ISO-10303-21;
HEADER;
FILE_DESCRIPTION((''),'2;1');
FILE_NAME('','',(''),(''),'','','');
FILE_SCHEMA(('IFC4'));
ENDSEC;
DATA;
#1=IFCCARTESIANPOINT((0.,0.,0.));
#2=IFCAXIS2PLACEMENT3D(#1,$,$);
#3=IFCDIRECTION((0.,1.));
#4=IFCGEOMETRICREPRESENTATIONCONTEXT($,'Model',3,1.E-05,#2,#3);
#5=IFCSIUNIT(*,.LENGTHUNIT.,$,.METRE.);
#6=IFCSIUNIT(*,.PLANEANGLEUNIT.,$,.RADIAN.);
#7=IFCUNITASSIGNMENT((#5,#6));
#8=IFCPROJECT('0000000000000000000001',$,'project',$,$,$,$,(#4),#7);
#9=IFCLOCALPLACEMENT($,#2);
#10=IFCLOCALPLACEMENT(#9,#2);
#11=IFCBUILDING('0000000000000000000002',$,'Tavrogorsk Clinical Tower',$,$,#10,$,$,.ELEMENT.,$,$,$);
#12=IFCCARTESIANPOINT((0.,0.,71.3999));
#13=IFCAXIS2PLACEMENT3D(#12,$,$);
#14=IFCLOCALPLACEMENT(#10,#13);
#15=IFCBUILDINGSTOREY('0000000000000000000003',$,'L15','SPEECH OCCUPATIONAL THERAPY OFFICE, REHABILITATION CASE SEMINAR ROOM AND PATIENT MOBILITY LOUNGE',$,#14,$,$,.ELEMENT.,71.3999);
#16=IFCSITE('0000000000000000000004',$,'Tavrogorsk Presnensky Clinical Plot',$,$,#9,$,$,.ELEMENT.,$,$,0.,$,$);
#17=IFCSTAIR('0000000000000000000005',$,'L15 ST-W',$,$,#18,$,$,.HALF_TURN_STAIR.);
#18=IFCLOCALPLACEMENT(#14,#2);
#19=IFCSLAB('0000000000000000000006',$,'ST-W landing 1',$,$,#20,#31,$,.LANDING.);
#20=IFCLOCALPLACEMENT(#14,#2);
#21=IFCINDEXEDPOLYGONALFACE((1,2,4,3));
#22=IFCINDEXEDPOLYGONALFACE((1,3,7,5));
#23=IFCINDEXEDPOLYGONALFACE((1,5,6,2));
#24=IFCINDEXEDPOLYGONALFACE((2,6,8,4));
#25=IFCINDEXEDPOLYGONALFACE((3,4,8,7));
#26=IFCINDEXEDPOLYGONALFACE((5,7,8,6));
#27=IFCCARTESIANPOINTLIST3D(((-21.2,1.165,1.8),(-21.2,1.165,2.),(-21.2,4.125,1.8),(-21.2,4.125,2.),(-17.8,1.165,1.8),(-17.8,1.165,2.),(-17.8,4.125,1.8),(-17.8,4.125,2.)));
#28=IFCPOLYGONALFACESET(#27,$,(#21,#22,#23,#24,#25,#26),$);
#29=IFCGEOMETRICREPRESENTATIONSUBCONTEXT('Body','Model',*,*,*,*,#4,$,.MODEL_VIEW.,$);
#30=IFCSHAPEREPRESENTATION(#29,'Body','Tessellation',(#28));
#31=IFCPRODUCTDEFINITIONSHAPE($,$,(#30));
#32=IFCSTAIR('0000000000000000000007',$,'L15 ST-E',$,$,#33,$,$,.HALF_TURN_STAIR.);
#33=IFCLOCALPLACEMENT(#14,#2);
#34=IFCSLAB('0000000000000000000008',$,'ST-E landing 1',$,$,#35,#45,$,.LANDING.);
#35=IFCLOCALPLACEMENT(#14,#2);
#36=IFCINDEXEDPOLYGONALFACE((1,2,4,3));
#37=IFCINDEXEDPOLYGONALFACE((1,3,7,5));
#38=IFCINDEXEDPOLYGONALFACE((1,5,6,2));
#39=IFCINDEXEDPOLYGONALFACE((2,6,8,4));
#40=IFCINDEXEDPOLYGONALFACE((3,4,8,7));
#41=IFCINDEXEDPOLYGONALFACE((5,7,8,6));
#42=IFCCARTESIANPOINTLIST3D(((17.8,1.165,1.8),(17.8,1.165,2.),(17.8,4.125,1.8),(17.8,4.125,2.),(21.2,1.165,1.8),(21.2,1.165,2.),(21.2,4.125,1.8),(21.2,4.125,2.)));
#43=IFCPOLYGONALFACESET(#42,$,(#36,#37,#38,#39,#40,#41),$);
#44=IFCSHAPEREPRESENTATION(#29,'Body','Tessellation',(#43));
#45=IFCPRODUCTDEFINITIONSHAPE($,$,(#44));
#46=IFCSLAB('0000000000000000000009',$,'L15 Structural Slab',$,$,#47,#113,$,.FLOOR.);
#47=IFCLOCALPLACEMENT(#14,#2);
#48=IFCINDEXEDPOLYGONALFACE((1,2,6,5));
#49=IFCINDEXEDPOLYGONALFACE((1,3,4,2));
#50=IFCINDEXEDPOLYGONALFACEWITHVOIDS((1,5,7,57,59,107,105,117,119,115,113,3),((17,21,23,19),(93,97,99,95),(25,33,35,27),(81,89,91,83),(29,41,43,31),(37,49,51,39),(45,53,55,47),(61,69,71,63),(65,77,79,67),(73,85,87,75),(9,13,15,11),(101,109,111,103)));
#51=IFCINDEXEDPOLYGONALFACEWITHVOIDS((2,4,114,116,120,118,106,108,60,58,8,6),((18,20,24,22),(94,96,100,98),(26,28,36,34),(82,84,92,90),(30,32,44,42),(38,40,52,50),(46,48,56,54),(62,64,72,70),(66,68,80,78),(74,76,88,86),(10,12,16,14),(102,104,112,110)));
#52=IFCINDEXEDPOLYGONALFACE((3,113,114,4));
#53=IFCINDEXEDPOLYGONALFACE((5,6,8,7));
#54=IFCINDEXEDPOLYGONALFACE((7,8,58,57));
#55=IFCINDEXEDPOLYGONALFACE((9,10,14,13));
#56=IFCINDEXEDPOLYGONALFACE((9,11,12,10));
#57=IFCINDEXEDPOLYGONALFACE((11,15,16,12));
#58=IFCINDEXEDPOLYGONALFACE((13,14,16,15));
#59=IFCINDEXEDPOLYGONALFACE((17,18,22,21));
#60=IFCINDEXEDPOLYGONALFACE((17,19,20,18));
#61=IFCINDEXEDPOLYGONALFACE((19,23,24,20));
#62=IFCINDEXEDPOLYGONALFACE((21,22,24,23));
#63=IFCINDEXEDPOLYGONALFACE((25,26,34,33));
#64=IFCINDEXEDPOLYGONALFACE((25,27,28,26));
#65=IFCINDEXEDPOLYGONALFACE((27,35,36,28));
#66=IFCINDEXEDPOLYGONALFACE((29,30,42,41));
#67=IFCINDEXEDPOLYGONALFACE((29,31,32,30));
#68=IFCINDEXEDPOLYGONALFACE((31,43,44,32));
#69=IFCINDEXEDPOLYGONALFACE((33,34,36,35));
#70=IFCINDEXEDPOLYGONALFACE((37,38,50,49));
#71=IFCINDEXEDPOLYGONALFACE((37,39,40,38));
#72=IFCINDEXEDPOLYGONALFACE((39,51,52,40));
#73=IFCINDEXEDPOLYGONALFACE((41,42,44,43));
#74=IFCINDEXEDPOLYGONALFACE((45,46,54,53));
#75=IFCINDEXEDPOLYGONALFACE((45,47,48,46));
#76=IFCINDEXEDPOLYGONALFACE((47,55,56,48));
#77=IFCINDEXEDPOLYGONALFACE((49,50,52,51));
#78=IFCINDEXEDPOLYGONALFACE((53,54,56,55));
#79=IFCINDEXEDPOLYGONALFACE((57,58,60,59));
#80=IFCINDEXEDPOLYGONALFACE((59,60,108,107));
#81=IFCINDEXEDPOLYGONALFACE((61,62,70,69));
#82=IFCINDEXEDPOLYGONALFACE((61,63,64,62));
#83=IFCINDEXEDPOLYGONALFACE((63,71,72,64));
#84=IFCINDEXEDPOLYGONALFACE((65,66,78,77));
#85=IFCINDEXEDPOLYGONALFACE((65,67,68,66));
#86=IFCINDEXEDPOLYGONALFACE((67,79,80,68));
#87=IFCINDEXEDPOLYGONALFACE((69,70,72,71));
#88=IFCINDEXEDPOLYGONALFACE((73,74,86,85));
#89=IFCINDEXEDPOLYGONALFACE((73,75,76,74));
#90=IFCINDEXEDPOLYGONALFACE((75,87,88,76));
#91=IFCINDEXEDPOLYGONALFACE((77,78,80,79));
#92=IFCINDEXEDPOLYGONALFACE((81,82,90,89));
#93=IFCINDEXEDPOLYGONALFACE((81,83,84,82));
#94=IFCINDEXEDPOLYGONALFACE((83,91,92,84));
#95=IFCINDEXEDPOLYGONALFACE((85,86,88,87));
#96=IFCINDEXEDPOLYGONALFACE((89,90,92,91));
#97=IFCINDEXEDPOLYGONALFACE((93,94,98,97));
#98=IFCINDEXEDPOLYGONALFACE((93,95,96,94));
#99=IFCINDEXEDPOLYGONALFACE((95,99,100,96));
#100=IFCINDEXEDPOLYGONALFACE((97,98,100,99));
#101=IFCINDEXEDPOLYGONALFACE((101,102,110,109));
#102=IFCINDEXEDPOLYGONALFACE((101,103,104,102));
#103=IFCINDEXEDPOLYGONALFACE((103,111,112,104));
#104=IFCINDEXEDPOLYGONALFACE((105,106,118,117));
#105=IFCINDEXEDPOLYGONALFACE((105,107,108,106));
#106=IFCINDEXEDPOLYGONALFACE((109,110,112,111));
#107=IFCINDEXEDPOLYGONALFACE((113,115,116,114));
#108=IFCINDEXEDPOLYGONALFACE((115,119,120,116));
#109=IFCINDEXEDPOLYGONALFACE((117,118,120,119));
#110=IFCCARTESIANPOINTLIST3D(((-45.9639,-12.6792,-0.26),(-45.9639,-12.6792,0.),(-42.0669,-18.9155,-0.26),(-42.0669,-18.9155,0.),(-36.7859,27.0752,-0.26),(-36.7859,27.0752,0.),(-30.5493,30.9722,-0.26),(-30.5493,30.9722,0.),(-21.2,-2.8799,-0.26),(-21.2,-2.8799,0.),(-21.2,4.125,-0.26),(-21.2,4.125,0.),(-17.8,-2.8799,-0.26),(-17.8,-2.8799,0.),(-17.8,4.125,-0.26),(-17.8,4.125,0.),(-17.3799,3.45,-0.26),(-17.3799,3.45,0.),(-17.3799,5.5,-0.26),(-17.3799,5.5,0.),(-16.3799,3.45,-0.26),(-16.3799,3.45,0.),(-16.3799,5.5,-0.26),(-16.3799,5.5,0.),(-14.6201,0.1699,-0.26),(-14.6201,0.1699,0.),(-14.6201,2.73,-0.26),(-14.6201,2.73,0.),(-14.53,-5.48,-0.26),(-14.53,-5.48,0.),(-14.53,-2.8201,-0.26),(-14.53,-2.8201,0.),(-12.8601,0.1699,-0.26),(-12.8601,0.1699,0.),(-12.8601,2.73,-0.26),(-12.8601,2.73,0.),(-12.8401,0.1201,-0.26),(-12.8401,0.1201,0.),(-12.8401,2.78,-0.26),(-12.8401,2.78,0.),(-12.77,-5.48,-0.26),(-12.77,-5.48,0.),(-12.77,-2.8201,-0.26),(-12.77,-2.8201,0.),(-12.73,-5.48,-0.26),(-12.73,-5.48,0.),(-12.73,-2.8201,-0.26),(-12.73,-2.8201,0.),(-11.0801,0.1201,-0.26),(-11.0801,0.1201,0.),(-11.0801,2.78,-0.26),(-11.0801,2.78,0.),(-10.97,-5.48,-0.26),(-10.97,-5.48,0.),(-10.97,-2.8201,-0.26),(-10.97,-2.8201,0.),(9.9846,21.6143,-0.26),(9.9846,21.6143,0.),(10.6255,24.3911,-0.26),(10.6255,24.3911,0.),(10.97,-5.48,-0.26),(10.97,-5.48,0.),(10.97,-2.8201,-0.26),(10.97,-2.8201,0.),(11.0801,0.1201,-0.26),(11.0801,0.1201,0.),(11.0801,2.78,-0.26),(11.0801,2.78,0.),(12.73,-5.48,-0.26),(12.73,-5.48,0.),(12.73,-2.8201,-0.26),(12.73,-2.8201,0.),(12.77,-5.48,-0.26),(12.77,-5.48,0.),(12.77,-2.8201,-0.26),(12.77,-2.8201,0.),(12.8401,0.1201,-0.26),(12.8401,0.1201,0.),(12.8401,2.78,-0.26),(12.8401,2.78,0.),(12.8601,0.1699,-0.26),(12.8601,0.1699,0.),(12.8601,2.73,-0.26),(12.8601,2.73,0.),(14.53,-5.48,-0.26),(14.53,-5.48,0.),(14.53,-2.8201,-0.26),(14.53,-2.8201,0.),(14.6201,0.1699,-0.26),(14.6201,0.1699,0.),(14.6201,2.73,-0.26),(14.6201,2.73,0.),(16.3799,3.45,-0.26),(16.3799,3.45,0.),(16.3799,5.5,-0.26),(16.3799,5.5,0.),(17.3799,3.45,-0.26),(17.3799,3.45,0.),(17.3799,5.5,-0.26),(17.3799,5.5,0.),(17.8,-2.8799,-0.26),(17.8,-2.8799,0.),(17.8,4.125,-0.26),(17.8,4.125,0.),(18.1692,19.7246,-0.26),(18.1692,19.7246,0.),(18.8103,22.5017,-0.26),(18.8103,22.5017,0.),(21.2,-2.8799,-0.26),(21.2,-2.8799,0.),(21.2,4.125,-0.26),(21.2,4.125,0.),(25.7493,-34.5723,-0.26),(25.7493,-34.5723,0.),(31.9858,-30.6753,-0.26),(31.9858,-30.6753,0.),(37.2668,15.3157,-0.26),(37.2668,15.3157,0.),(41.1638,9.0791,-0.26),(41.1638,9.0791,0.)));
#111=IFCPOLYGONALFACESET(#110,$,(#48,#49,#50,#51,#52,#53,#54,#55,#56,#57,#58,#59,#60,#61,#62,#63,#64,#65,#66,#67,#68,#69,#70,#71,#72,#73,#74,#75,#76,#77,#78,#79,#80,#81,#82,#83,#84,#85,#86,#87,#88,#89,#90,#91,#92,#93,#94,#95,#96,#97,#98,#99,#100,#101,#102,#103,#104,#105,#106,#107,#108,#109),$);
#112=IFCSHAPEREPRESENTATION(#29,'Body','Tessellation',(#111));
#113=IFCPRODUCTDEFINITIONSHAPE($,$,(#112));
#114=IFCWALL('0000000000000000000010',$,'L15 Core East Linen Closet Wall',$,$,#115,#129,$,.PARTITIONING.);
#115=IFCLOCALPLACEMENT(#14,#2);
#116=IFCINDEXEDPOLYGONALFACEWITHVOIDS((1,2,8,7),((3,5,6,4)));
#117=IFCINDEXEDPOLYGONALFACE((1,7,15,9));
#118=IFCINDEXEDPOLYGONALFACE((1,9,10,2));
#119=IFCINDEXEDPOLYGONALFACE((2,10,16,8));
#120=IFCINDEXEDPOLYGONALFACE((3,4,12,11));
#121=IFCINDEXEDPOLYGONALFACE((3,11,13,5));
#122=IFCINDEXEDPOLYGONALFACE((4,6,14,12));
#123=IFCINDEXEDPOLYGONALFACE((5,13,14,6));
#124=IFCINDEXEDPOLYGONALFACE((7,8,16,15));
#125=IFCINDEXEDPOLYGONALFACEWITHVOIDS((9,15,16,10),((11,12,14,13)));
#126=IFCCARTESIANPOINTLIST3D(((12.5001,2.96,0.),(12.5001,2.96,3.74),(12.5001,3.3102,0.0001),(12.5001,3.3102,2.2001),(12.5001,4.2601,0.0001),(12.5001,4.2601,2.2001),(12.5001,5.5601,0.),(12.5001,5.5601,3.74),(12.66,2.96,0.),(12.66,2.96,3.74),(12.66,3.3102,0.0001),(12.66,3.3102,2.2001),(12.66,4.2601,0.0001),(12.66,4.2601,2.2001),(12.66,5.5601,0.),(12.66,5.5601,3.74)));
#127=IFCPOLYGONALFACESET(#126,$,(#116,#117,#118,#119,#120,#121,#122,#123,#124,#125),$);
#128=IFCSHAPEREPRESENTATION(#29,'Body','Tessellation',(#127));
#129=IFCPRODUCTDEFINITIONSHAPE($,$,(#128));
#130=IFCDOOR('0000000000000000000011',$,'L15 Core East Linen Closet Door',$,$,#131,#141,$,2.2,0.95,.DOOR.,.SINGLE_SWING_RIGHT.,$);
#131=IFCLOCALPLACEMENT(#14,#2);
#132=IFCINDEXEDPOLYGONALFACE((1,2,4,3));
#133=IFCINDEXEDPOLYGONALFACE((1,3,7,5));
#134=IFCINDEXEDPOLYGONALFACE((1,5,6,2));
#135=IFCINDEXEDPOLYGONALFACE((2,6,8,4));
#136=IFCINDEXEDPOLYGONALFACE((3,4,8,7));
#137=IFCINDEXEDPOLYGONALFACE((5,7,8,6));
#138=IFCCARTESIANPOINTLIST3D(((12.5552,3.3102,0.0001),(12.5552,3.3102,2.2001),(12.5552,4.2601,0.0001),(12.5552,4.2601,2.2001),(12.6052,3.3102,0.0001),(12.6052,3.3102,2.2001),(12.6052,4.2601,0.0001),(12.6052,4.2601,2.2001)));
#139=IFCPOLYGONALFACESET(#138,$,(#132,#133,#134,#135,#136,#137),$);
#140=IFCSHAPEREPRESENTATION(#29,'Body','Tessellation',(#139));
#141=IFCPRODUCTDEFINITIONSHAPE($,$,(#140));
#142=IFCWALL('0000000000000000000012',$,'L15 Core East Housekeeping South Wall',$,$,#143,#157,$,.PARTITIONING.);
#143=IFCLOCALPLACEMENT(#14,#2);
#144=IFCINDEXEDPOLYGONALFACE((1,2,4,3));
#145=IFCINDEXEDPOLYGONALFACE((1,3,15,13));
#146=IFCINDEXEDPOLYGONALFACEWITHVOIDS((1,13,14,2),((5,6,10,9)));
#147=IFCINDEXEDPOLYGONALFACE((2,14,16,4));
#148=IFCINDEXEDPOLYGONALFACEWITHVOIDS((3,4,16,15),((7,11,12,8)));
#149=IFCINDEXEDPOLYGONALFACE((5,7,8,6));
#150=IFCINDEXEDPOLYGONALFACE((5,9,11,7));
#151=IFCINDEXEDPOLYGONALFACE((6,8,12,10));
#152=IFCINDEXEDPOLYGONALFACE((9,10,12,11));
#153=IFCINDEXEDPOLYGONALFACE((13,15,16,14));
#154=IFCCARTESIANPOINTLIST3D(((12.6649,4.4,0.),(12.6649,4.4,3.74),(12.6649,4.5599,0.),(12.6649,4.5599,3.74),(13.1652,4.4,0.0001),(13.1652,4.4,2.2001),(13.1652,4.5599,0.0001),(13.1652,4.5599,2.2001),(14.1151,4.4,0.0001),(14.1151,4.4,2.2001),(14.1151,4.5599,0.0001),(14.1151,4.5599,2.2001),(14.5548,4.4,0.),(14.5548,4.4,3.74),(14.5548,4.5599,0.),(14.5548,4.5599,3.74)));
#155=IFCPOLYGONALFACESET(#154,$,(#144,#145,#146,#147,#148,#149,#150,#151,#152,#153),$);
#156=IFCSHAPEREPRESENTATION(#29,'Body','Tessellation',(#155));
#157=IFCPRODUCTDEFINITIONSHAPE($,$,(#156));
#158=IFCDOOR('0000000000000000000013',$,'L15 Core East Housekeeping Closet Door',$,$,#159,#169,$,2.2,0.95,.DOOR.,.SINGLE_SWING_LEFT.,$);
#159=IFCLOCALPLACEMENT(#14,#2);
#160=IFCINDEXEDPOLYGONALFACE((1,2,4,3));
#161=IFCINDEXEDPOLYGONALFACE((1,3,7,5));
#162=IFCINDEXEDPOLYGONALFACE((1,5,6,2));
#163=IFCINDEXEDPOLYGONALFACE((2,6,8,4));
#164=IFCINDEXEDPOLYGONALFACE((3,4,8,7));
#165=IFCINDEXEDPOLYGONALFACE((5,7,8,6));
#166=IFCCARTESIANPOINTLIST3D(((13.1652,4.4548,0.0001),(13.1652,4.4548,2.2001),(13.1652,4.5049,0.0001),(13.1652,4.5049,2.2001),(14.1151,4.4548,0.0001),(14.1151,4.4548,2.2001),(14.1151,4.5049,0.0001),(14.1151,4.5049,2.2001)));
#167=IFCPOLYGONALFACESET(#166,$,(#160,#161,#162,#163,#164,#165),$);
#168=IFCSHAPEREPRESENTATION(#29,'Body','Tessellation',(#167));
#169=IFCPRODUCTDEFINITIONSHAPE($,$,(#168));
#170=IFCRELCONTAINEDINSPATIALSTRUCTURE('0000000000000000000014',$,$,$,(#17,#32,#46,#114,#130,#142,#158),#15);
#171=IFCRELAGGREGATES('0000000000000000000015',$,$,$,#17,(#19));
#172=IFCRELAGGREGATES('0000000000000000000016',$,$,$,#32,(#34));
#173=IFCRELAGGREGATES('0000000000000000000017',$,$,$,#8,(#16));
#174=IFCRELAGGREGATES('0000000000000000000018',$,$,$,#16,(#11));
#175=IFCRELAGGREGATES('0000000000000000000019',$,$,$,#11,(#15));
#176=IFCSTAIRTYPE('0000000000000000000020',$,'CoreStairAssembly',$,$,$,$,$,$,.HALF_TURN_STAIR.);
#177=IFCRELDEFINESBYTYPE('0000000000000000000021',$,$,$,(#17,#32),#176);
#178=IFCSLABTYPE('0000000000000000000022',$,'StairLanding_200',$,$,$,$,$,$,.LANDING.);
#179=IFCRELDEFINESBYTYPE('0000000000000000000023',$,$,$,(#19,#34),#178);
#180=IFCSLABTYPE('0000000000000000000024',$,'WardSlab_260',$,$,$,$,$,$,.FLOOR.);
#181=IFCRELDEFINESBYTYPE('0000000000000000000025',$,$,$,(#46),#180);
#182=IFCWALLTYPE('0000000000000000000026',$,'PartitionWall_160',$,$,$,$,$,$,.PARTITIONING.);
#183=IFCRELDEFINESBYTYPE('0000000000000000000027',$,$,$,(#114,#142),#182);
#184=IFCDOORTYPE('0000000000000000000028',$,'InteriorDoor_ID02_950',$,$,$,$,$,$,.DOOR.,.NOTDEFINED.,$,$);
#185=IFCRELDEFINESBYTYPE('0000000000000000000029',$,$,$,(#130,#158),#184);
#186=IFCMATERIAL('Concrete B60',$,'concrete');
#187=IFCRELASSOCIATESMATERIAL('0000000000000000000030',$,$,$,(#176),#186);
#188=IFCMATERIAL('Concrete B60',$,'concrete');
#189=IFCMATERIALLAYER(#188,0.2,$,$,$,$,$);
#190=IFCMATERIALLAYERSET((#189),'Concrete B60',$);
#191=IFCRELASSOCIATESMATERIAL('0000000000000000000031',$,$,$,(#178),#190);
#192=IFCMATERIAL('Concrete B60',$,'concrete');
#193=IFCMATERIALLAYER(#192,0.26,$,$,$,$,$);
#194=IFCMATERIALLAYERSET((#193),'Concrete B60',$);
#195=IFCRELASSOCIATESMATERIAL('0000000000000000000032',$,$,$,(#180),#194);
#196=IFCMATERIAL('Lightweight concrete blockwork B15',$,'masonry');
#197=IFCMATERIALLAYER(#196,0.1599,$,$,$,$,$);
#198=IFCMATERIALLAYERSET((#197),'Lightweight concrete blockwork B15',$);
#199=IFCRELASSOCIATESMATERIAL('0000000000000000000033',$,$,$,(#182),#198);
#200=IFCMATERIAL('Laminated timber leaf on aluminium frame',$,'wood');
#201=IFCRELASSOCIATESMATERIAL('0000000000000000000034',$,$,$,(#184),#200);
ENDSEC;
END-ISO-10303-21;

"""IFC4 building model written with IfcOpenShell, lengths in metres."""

from ifc_helpers import new_model, si_unit, direction, frame, frame_2d, origin, place, context, subcontext, project, spatial, polyline, rectangle, outline, extrude, material, layer, layer_set, type_object, element, fill, aggregate, save


model = new_model("IFC4")

# Units and contexts
model_context = context("Model", 3, precision=1e-05, world=origin(), true_north=direction((0.0, 1.0)))
body_context = subcontext(model_context, "Body", "Model", "MODEL_VIEW")
ifc_project = project(units=[si_unit("LENGTHUNIT", "METRE"), si_unit("PLANEANGLEUNIT", "RADIAN")], contexts=[model_context])

# Site, building, storey
site_placement = place(None, origin())
site = spatial("IfcSite", under=ifc_project, at=site_placement, Name="Tavrogorsk Presnensky Clinical Plot", CompositionType="ELEMENT", RefElevation=0.0)
building_placement = place(site_placement, origin())
building = spatial("IfcBuilding", under=site, at=building_placement, Name="Tavrogorsk Clinical Tower", CompositionType="ELEMENT")
storey_placement = place(building_placement, frame((0.0, 0.0, 71.3999)))
storey = spatial("IfcBuildingStorey", under=building, at=storey_placement, Name="L15", Description="SPEECH OCCUPATIONAL THERAPY OFFICE, REHABILITATION CASE SEMINAR ROOM AND PATIENT MOBILITY LOUNGE", CompositionType="ELEMENT", Elevation=71.3999)

# Stairs, slabs
ifc_material_1 = material(Name="Concrete B60", Category="concrete")
stair_type = type_object("IfcStairType", Name="CoreStairAssembly", PredefinedType="HALF_TURN_STAIR", material=ifc_material_1)
stair_1_placement = place(storey_placement, origin())
stair_1 = element("IfcStair", 1, at=stair_1_placement, inside=storey, type_object=stair_type, Name="L15 ST-W", PredefinedType="HALF_TURN_STAIR")
ifc_material_2 = material(Name="Concrete B60", Category="concrete")
ifc_layer_1 = layer(ifc_material_2, 0.2)
ifc_layer_set_1 = layer_set([ifc_layer_1], Name="Concrete B60")
slab_type_1 = type_object("IfcSlabType", Name="StairLanding_200", PredefinedType="LANDING", material=ifc_layer_set_1)
slab_1_placement = place(storey_placement, frame((0.0, 0.0, 1.8)))
slab_1 = element("IfcSlab", 2, at=slab_1_placement, type_object=slab_type_1, Name="ST-W landing 1", PredefinedType="LANDING", context=body_context, shape_type="SweptSolid", body=[
    extrude(outline(polyline([(-17.8, 1.165), (-17.8, 4.125), (-21.2, 4.125), (-21.2, 1.165), (-17.8, 1.165)])), origin(), (0.0, 0.0, 1.0), 0.2),
])
aggregate(stair_1, [slab_1])
stair_2_placement = place(storey_placement, origin())
stair_2 = element("IfcStair", 3, at=stair_2_placement, inside=storey, type_object=stair_type, Name="L15 ST-E", PredefinedType="HALF_TURN_STAIR")
slab_2_placement = place(storey_placement, frame((0.0, 0.0, 1.8)))
slab_2 = element("IfcSlab", 4, at=slab_2_placement, type_object=slab_type_1, Name="ST-E landing 1", PredefinedType="LANDING", context=body_context, shape_type="SweptSolid", body=[
    extrude(outline(polyline([(21.2, 1.165), (21.2, 4.125), (17.8, 4.125), (17.8, 1.165), (21.2, 1.165)])), origin(), (0.0, 0.0, 1.0), 0.2),
])
aggregate(stair_2, [slab_2])

# Slab
ifc_material_3 = material(Name="Concrete B60", Category="concrete")
ifc_layer_2 = layer(ifc_material_3, 0.26)
ifc_layer_set_2 = layer_set([ifc_layer_2], Name="Concrete B60")
slab_type_2 = type_object("IfcSlabType", Name="WardSlab_260", PredefinedType="FLOOR", material=ifc_layer_set_2)
slab_3_placement = place(storey_placement, frame((0.0, 0.0, -0.26)))
element("IfcSlab", 5, at=slab_3_placement, inside=storey, type_object=slab_type_2, Name="L15 Structural Slab", PredefinedType="FLOOR", context=body_context, shape_type="SweptSolid", body=[
    extrude(outline(polyline([(37.2668, 15.3157), (41.1638, 9.0791), (31.9858, -30.6753), (25.7493, -34.5723), (-42.0669, -18.9155), (-45.9639, -12.6792), (-36.7859, 27.0752), (-30.5493, 30.9722), (9.9846, 21.6143), (10.6255, 24.3911), (18.8103, 22.5017), (18.1692, 19.7246), (37.2668, 15.3157)]), holes=[polyline([(-17.8, -2.8799), (-17.8, 4.125), (-21.2, 4.125), (-21.2, -2.8799), (-17.8, -2.8799)]), polyline([(21.2, -2.8799), (21.2, 4.125), (17.8, 4.125), (17.8, -2.8799), (21.2, -2.8799)]), polyline([(-14.6201, 0.1699), (-12.8601, 0.1699), (-12.8601, 2.73), (-14.6201, 2.73), (-14.6201, 0.1699)]), polyline([(-14.53, -5.48), (-12.77, -5.48), (-12.77, -2.8201), (-14.53, -2.8201), (-14.53, -5.48)]), polyline([(-12.73, -5.48), (-10.97, -5.48), (-10.97, -2.8201), (-12.73, -2.8201), (-12.73, -5.48)]), polyline([(-12.8401, 0.1201), (-11.0801, 0.1201), (-11.0801, 2.78), (-12.8401, 2.78), (-12.8401, 0.1201)]), polyline([(12.8601, 0.1699), (14.6201, 0.1699), (14.6201, 2.73), (12.8601, 2.73), (12.8601, 0.1699)]), polyline([(12.77, -5.48), (14.53, -5.48), (14.53, -2.8201), (12.77, -2.8201), (12.77, -5.48)]), polyline([(10.97, -5.48), (12.73, -5.48), (12.73, -2.8201), (10.97, -2.8201), (10.97, -5.48)]), polyline([(11.0801, 0.1201), (12.8401, 0.1201), (12.8401, 2.78), (11.0801, 2.78), (11.0801, 0.1201)]), polyline([(-17.3799, 3.45), (-16.3799, 3.45), (-16.3799, 5.5), (-17.3799, 5.5), (-17.3799, 3.45)]), polyline([(16.3799, 3.45), (17.3799, 3.45), (17.3799, 5.5), (16.3799, 5.5), (16.3799, 3.45)])]), origin(), (0.0, 0.0, 1.0), 0.26),
])

# Walls, openings, doors
ifc_material_4 = material(Name="Lightweight concrete blockwork B15", Category="masonry")
ifc_layer_3 = layer(ifc_material_4, 0.1599)
ifc_layer_set_3 = layer_set([ifc_layer_3], Name="Lightweight concrete blockwork B15")
wall_type_1 = type_object("IfcWallType", Name="PartitionWall_160", PredefinedType="PARTITIONING", material=ifc_layer_set_3)
wall_1_placement = place(storey_placement, frame((12.5801, 2.96, 0.0), z_axis=(0.0, 0.0, 1.0), x_axis=(0.0, 1.0, 0.0)))
wall_1 = element("IfcWall", 6, at=wall_1_placement, inside=storey, type_object=wall_type_1, Name="L15 Core East Linen Closet Wall", PredefinedType="PARTITIONING", context=body_context, shape_type="SweptSolid", body=[
    extrude(rectangle(XDim=2.6001, YDim=0.1599, at=frame_2d((1.3, 0.0))), origin(), (0.0, 0.0, 1.0), 3.74),
])
opening_1_placement = place(wall_1_placement, frame((0.3501, 0.0, 0.0)))
opening_1 = element("IfcOpeningElement", 7, at=opening_1_placement, cuts=wall_1, PredefinedType="OPENING", context=body_context, shape_type="SweptSolid", body=[
    extrude(rectangle(XDim=0.95, YDim=2.2, at=frame_2d((0.4751, 1.1001))), frame((0.0, 0.0898, 0.0), z_axis=(0.0, -1.0, 0.0), x_axis=(1.0, 0.0, 0.0)), (0.0, 0.0, 1.0), 0.1799),
])
ifc_material_5 = material(Name="Laminated timber leaf on aluminium frame", Category="wood")
door_type_1 = type_object("IfcDoorType", Name="InteriorDoor_ID02_950", OperationType="NOTDEFINED", PredefinedType="DOOR", material=ifc_material_5)
door_1_placement = place(opening_1_placement, origin())
door_1 = element("IfcDoor", 8, at=door_1_placement, inside=storey, type_object=door_type_1, Name="L15 Core East Linen Closet Door", OperationType="SINGLE_SWING_RIGHT", OverallHeight=2.2, OverallWidth=0.95, PredefinedType="DOOR", context=body_context, shape_type="SweptSolid", body=[
    extrude(rectangle(XDim=0.95, YDim=2.2, at=frame_2d((0.4751, 1.1001))), frame((0.0, 0.0249, 0.0), z_axis=(0.0, -1.0, 0.0), x_axis=(1.0, 0.0, 0.0)), (0.0, 0.0, 1.0), 0.05),
])
fill(opening_1, door_1)
wall_2_placement = place(storey_placement, frame((12.665, 4.48, 0.0), z_axis=(0.0, 0.0, 1.0), x_axis=(1.0, 0.0, 0.0)))
wall_2 = element("IfcWall", 9, at=wall_2_placement, inside=storey, type_object=wall_type_1, Name="L15 Core East Housekeeping South Wall", PredefinedType="PARTITIONING", context=body_context, shape_type="SweptSolid", body=[
    extrude(rectangle(XDim=1.8899, YDim=0.1599, at=frame_2d((0.9448, 0.0))), origin(), (0.0, 0.0, 1.0), 3.74),
])
opening_2_placement = place(wall_2_placement, frame((0.5, 0.0, 0.0)))
opening_2 = element("IfcOpeningElement", 10, at=opening_2_placement, cuts=wall_2, PredefinedType="OPENING", context=body_context, shape_type="SweptSolid", body=[
    extrude(rectangle(XDim=0.95, YDim=2.2, at=frame_2d((0.4751, 1.1001))), frame((0.0, 0.0898, 0.0), z_axis=(0.0, -1.0, 0.0), x_axis=(1.0, 0.0, 0.0)), (0.0, 0.0, 1.0), 0.1799),
])
door_2_placement = place(opening_2_placement, origin())
door_2 = element("IfcDoor", 11, at=door_2_placement, inside=storey, type_object=door_type_1, Name="L15 Core East Housekeeping Closet Door", OperationType="SINGLE_SWING_LEFT", OverallHeight=2.2, OverallWidth=0.95, PredefinedType="DOOR", context=body_context, shape_type="SweptSolid", body=[
    extrude(rectangle(XDim=0.95, YDim=2.2, at=frame_2d((0.4751, 1.1001))), frame((0.0, 0.0249, 0.0), z_axis=(0.0, -1.0, 0.0), x_axis=(1.0, 0.0, 0.0)), (0.0, 0.0, 1.0), 0.05),
])
fill(opening_2, door_2)

save(model, "model.ifc")
